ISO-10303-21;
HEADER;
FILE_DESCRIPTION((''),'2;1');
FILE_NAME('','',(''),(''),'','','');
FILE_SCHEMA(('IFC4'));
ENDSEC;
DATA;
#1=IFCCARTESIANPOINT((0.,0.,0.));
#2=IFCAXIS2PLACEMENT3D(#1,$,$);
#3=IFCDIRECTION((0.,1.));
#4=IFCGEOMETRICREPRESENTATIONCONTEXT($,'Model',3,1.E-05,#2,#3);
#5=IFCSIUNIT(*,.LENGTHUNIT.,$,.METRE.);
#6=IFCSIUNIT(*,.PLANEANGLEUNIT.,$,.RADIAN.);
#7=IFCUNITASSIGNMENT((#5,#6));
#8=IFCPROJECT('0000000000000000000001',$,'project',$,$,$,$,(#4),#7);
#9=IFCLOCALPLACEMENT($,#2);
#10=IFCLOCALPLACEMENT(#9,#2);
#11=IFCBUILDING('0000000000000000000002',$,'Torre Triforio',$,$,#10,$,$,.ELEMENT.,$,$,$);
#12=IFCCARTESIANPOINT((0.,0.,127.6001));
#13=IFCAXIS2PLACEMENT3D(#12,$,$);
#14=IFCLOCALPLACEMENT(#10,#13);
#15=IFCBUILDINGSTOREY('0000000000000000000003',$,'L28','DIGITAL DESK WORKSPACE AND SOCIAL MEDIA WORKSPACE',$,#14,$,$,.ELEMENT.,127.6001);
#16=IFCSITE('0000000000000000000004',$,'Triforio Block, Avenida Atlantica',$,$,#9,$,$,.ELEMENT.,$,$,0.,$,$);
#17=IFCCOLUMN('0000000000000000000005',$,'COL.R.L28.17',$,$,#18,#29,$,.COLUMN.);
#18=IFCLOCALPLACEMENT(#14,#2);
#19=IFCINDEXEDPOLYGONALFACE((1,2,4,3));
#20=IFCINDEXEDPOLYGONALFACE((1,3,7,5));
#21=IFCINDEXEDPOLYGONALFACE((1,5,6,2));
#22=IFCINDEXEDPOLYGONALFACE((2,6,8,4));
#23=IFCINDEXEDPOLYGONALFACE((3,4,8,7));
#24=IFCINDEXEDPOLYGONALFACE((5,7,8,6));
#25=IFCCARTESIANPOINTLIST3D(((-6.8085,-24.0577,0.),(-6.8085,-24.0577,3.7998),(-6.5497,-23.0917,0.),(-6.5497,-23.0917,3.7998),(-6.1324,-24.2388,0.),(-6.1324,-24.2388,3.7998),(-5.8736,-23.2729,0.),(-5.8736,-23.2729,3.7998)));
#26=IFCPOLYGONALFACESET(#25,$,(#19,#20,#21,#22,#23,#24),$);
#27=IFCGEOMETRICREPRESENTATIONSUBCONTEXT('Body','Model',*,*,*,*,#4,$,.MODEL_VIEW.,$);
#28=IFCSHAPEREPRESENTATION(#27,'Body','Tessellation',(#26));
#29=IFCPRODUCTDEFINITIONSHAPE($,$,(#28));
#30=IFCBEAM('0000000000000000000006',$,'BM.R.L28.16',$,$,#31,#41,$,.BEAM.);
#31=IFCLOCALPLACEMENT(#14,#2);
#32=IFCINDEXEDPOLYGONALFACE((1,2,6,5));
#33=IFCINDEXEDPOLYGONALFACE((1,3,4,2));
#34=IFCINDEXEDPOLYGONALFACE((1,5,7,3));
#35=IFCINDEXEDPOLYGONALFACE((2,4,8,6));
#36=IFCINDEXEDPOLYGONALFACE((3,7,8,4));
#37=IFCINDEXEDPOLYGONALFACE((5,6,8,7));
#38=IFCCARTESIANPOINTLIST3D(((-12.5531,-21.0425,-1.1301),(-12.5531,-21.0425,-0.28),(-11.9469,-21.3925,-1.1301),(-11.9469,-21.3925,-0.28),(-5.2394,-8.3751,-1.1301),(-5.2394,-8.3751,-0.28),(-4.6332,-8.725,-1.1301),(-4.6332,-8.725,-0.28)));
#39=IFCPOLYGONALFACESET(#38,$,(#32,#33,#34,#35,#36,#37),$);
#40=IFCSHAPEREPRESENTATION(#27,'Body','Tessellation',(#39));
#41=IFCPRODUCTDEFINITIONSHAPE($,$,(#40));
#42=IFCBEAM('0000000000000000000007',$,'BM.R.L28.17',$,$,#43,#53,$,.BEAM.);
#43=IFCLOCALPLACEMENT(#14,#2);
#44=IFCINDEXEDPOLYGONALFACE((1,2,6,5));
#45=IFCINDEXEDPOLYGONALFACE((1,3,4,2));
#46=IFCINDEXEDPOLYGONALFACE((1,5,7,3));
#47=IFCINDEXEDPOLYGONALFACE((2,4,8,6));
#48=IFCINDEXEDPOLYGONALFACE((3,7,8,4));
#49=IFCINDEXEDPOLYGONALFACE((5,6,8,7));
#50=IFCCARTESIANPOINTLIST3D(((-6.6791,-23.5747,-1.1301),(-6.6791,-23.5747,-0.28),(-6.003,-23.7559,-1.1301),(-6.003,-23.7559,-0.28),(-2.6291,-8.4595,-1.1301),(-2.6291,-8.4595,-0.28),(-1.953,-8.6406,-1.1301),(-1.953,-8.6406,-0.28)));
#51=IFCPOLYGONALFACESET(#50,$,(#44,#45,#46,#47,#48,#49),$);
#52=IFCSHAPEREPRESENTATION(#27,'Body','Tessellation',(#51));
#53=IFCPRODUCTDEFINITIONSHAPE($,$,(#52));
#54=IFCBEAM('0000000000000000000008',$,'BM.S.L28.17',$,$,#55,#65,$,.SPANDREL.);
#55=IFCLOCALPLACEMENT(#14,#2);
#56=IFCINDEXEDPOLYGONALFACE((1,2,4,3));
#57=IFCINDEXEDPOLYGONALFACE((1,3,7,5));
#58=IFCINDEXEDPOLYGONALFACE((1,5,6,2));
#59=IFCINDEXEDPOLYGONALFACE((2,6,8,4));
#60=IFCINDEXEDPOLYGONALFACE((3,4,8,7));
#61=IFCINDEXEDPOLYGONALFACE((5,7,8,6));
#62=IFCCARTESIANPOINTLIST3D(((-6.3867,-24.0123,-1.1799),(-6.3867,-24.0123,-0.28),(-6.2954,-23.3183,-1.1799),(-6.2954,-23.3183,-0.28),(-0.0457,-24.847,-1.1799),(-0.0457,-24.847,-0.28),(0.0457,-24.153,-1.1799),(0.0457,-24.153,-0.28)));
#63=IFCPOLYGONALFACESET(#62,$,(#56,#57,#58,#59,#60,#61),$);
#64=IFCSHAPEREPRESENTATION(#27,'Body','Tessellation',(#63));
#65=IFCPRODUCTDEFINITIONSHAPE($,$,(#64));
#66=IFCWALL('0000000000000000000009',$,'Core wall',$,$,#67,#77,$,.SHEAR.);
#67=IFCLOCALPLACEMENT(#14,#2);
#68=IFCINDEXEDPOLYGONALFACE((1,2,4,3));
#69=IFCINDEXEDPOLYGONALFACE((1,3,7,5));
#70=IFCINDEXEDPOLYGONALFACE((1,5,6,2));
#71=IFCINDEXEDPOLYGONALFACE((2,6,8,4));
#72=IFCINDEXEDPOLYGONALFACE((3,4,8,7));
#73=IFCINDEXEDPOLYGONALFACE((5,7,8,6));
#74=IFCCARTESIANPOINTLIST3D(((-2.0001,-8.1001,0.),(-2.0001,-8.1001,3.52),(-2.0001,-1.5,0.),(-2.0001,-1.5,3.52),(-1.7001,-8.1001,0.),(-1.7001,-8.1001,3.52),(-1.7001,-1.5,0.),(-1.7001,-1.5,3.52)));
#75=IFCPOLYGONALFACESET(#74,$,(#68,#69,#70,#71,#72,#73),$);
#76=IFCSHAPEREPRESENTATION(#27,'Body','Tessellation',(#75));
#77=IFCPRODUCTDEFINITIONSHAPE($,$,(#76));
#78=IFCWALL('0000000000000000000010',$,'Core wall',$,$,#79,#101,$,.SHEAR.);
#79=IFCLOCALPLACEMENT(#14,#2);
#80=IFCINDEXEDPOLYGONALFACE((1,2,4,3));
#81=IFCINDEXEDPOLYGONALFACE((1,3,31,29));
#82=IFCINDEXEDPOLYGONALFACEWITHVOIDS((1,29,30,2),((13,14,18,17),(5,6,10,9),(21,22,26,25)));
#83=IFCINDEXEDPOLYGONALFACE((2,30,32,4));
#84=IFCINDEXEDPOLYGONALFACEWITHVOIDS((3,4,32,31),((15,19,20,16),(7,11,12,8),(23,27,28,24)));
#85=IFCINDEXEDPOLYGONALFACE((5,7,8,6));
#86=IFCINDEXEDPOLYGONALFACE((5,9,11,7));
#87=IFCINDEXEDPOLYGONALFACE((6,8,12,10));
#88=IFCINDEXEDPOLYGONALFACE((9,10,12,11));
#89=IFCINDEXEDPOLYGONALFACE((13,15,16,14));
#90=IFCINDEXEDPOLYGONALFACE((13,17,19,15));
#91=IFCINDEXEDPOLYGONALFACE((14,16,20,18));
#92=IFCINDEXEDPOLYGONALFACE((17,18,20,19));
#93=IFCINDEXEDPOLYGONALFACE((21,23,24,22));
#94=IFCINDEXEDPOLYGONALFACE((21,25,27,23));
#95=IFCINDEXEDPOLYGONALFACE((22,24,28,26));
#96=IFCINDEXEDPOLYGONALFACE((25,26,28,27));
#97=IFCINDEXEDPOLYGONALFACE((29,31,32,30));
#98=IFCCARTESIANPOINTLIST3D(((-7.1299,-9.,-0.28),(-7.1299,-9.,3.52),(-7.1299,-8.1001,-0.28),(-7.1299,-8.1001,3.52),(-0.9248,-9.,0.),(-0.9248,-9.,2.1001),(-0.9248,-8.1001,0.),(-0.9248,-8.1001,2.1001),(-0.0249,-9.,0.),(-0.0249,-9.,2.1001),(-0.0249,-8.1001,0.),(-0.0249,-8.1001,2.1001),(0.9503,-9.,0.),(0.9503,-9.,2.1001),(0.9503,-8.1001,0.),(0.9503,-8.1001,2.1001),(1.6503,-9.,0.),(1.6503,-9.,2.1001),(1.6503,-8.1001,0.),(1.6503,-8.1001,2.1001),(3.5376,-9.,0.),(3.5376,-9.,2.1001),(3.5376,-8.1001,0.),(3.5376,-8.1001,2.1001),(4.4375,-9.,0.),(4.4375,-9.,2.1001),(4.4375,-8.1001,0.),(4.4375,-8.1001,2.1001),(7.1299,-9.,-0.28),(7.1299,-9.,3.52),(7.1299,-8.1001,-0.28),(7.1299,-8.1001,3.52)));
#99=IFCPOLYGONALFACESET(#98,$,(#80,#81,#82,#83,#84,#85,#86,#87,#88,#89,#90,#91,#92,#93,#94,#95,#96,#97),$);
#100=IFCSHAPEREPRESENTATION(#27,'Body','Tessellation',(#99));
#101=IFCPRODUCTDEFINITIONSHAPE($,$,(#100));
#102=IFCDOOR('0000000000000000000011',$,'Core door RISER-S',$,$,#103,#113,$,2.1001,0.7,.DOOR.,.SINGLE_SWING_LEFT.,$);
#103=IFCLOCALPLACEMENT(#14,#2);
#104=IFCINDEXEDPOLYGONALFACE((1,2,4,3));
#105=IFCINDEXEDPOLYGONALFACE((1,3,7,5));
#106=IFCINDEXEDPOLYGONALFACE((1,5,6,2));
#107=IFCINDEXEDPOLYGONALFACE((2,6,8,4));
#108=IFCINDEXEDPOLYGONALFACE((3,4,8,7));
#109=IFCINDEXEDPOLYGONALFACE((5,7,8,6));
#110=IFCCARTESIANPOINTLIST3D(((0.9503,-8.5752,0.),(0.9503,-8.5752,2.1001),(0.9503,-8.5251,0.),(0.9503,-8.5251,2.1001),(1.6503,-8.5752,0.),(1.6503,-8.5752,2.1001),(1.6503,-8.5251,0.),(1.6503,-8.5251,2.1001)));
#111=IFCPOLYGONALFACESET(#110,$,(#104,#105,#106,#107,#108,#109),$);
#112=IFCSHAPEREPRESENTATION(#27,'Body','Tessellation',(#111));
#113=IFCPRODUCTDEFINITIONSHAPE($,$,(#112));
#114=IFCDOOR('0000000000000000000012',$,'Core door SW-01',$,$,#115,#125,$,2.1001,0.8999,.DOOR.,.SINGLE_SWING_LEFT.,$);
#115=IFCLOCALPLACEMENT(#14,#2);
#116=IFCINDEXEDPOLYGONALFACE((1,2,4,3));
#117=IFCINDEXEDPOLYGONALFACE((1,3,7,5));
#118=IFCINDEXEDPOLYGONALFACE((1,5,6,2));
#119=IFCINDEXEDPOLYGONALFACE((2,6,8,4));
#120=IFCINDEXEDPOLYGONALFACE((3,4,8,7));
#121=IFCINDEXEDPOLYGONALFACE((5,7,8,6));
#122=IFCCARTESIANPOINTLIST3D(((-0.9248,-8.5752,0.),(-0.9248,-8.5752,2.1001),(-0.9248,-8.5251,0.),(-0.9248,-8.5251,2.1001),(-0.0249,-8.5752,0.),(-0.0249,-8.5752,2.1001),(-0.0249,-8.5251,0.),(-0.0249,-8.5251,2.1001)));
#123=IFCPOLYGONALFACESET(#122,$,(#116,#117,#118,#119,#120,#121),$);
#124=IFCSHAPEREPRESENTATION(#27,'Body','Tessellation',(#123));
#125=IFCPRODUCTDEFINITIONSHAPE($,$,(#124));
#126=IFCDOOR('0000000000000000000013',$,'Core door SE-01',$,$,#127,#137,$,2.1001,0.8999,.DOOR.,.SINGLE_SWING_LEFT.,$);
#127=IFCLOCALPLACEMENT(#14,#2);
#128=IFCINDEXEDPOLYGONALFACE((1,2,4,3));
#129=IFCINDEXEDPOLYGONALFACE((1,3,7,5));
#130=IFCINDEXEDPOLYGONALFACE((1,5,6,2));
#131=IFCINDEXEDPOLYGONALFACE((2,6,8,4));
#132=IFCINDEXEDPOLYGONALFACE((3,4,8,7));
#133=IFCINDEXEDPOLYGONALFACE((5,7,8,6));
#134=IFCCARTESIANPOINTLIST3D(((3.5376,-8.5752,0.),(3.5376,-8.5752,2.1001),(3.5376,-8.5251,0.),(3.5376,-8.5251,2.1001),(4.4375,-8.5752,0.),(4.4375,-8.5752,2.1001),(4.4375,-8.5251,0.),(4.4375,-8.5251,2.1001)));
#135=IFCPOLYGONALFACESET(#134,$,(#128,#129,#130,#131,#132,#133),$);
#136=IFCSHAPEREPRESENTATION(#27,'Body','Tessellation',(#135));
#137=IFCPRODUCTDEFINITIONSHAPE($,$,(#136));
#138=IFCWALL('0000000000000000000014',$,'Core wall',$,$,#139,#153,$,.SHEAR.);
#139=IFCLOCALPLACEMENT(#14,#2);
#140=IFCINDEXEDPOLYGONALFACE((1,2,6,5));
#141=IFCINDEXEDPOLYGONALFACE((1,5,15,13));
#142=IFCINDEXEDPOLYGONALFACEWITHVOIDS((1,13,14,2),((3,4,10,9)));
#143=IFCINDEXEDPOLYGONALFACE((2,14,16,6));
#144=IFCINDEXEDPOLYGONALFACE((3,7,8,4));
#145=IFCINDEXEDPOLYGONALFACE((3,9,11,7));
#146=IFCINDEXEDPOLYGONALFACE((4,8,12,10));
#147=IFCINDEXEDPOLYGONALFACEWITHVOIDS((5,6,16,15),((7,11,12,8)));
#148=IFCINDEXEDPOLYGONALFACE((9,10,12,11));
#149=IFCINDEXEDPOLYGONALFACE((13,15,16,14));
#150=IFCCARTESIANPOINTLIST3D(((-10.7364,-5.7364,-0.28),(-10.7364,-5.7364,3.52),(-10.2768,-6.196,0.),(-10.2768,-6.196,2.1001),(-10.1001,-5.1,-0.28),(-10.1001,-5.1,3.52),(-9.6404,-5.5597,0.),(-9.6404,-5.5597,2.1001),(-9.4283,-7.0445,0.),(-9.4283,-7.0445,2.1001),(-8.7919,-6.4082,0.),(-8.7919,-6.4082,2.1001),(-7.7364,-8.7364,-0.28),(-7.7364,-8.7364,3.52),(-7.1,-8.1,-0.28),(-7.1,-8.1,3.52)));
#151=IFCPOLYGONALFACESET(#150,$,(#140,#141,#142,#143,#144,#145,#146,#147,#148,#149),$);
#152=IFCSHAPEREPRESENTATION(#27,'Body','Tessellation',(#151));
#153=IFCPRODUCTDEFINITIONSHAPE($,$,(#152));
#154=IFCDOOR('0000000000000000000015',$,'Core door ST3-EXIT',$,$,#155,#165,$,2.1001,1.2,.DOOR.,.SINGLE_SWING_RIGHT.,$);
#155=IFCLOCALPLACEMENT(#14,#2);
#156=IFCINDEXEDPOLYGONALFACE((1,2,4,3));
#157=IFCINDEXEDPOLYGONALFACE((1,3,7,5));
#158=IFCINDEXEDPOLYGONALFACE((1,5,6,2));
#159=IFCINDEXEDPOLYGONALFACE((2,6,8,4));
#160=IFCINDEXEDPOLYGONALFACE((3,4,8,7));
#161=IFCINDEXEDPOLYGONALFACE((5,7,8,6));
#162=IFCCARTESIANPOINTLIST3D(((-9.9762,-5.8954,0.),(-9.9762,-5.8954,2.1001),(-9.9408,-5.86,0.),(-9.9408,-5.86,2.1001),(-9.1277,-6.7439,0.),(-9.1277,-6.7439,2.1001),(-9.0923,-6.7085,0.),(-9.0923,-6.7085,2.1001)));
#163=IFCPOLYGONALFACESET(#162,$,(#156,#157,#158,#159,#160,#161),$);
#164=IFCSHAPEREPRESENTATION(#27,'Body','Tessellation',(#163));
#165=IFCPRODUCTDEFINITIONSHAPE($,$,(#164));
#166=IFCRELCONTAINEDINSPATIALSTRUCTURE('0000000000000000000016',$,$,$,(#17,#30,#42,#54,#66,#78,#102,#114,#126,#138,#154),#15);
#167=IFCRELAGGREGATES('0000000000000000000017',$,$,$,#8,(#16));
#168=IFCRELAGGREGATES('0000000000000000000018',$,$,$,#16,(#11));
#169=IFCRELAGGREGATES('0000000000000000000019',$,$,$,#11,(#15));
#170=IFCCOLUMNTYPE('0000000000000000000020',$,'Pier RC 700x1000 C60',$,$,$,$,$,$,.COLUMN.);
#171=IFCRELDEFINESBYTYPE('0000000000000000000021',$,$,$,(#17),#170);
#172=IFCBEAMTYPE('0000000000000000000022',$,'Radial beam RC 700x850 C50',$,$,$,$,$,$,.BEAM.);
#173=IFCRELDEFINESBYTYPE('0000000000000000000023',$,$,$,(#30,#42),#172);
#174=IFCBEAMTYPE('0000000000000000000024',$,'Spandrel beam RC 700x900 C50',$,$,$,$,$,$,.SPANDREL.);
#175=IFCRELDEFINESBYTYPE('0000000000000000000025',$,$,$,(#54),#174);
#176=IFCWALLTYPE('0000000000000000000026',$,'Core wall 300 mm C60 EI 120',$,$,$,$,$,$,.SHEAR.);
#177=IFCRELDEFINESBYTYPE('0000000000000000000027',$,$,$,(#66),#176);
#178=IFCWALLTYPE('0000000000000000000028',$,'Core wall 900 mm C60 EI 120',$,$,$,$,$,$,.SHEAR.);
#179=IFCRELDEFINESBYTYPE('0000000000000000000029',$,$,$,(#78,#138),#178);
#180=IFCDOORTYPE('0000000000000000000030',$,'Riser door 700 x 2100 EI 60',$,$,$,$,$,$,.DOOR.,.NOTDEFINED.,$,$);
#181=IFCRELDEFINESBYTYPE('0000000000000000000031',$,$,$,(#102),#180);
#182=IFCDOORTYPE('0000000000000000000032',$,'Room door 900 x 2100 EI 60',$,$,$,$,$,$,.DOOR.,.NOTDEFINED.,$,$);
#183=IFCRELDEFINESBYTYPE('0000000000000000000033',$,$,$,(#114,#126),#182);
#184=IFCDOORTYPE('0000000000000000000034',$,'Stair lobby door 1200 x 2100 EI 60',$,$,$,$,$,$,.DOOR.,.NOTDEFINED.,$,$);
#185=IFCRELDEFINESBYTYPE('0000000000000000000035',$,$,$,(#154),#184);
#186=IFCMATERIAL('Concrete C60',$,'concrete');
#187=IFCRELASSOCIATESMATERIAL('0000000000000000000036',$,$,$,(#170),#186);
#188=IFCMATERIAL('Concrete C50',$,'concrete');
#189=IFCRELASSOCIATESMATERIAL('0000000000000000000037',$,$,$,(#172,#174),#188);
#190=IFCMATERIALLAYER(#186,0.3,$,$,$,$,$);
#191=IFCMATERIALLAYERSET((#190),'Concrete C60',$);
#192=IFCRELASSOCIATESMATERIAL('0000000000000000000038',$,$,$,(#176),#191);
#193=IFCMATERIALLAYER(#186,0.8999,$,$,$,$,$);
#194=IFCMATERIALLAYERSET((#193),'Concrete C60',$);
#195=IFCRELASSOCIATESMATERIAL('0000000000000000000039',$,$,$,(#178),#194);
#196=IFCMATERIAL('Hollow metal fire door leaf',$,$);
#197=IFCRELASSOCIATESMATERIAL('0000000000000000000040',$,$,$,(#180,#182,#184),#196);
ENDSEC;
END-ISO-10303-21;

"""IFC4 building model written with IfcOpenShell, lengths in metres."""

from ifc_helpers import new_model, si_unit, direction, frame, frame_2d, origin, origin_2d, place, context, subcontext, project, spatial, rectangle, extrude, material, layer, layer_set, material_profile, profile_set, type_object, element, fill, save


model = new_model("IFC4")

# Units and contexts
model_context = context("Model", 3, precision=1e-05, world=origin(), true_north=direction((0.0, 1.0)))
body_context = subcontext(model_context, "Body", "Model", "MODEL_VIEW")
ifc_project = project(units=[si_unit("LENGTHUNIT", "METRE"), si_unit("PLANEANGLEUNIT", "RADIAN")], contexts=[model_context])

# Site, building, storey
site_placement = place(None, origin())
site = spatial("IfcSite", under=ifc_project, at=site_placement, Name="Triforio Block, Avenida Atlantica", CompositionType="ELEMENT", RefElevation=0.0)
building_placement = place(site_placement, origin())
building = spatial("IfcBuilding", under=site, at=building_placement, Name="Torre Triforio", CompositionType="ELEMENT")
storey_placement = place(building_placement, frame((0.0, 0.0, 127.6001)))
storey = spatial("IfcBuildingStorey", under=building, at=storey_placement, Name="L28", Description="DIGITAL DESK WORKSPACE AND SOCIAL MEDIA WORKSPACE", CompositionType="ELEMENT", Elevation=127.6001)

# Column
ifc_material_1 = material(Name="Concrete C60", Category="concrete")
ifc_material_profile_1 = material_profile(ifc_material_1, rectangle(XDim=0.7, YDim=1.0, at=origin_2d()), Name="RC 700x1000")
ifc_profile_set_1 = profile_set([ifc_material_profile_1], Name="Concrete C60")
column_type = type_object("IfcColumnType", Name="Pier RC 700x1000 C60", PredefinedType="COLUMN", material=ifc_profile_set_1)
column_placement = place(storey_placement, frame((-6.3411, -23.6653, 0.0), z_axis=(0.0, 0.0, 1.0), x_axis=(0.965926, -0.258819, 0.0)))
element("IfcColumn", 1, at=column_placement, inside=storey, type_object=column_type, Name="COL.R.L28.17", PredefinedType="COLUMN", context=body_context, shape_type="SweptSolid", body=[
    extrude(rectangle(XDim=0.7, YDim=1.0, at=origin_2d()), origin(), (0.0, 0.0, 1.0), 3.7998),
])

# Beams
ifc_material_2 = material(Name="Concrete C50", Category="concrete")
ifc_material_profile_2 = material_profile(ifc_material_2, rectangle(XDim=0.7, YDim=0.8501, at=origin_2d()), Name="RC 700x850")
ifc_profile_set_2 = profile_set([ifc_material_profile_2], Name="Concrete C50")
beam_type_1 = type_object("IfcBeamType", Name="Radial beam RC 700x850 C50", PredefinedType="BEAM", material=ifc_profile_set_2)
beam_1_placement = place(storey_placement, frame((-4.9363, -8.55, -0.7051), z_axis=(-0.500008, -0.866021, 0.0), x_axis=(0.866021, -0.500008, 0.0)))
element("IfcBeam", 2, at=beam_1_placement, inside=storey, type_object=beam_type_1, Name="BM.R.L28.16", PredefinedType="BEAM", context=body_context, shape_type="SweptSolid", body=[
    extrude(rectangle(XDim=0.7, YDim=0.8501, at=origin_2d()), origin(), (0.0, 0.0, 1.0), 14.6272),
])
beam_2_placement = place(storey_placement, frame((-2.291, -8.55, -0.7051), z_axis=(-0.258815, -0.965927, 0.0), x_axis=(0.965927, -0.258815, 0.0)))
element("IfcBeam", 3, at=beam_2_placement, inside=storey, type_object=beam_type_1, Name="BM.R.L28.17", PredefinedType="BEAM", context=body_context, shape_type="SweptSolid", body=[
    extrude(rectangle(XDim=0.7, YDim=0.8501, at=origin_2d()), origin(), (0.0, 0.0, 1.0), 15.6484),
])
ifc_material_profile_3 = material_profile(ifc_material_2, rectangle(XDim=0.7, YDim=0.8999, at=origin_2d()), Name="RC 700x900")
ifc_profile_set_3 = profile_set([ifc_material_profile_3], Name="Concrete C50")
beam_type_2 = type_object("IfcBeamType", Name="Spandrel beam RC 700x900 C50", PredefinedType="SPANDREL", material=ifc_profile_set_3)
beam_3_placement = place(storey_placement, frame((-6.3411, -23.6653, -0.73), z_axis=(0.991447, -0.130511, 0.0), x_axis=(0.130511, 0.991447, 0.0)))
element("IfcBeam", 4, at=beam_3_placement, inside=storey, type_object=beam_type_2, Name="BM.S.L28.17", PredefinedType="SPANDREL", context=body_context, shape_type="SweptSolid", body=[
    extrude(rectangle(XDim=0.7, YDim=0.8999, at=origin_2d()), origin(), (0.0, 0.0, 1.0), 6.3958),
])

# Wall
ifc_layer_1 = layer(ifc_material_1, 0.3)
ifc_layer_set_1 = layer_set([ifc_layer_1], Name="Concrete C60")
wall_type_1 = type_object("IfcWallType", Name="Core wall 300 mm C60 EI 120", PredefinedType="SHEAR", material=ifc_layer_set_1)
wall_1_placement = place(storey_placement, frame((-1.8501, -8.1001, 0.0), z_axis=(0.0, 0.0, 1.0), x_axis=(0.0, 1.0, 0.0)))
element("IfcWall", 5, at=wall_1_placement, inside=storey, type_object=wall_type_1, Name="Core wall", PredefinedType="SHEAR", context=body_context, shape_type="SweptSolid", body=[
    extrude(rectangle(XDim=6.6001, YDim=0.3, at=frame_2d((3.3, 0.0))), origin(), (0.0, 0.0, 1.0), 3.52),
])

# Wall, openings, doors
ifc_layer_2 = layer(ifc_material_1, 0.8999)
ifc_layer_set_2 = layer_set([ifc_layer_2], Name="Concrete C60")
wall_type_2 = type_object("IfcWallType", Name="Core wall 900 mm C60 EI 120", PredefinedType="SHEAR", material=ifc_layer_set_2)
wall_2_placement = place(storey_placement, frame((-7.1299, -8.55, -0.28), z_axis=(0.0, 0.0, 1.0), x_axis=(1.0, 0.0, 0.0)))
wall_2 = element("IfcWall", 6, at=wall_2_placement, inside=storey, type_object=wall_type_2, Name="Core wall", PredefinedType="SHEAR", context=body_context, shape_type="SweptSolid", body=[
    extrude(rectangle(XDim=14.2598, YDim=0.8999, at=frame_2d((7.1299, 0.0))), origin(), (0.0, 0.0, 1.0), 3.8),
])
opening_1_placement = place(wall_2_placement, frame((8.0801, 0.0, 0.28)))
opening_1 = element("IfcOpeningElement", 7, at=opening_1_placement, cuts=wall_2, PredefinedType="OPENING", context=body_context, shape_type="SweptSolid", body=[
    extrude(rectangle(XDim=0.7, YDim=2.1001, at=frame_2d((0.3501, 1.05))), frame((0.0, 0.46, 0.0), z_axis=(0.0, -1.0, 0.0), x_axis=(1.0, 0.0, 0.0)), (0.0, 0.0, 1.0), 0.9199),
])
opening_2_placement = place(wall_2_placement, frame((6.2051, 0.0, 0.28)))
opening_2 = element("IfcOpeningElement", 8, at=opening_2_placement, cuts=wall_2, PredefinedType="OPENING", context=body_context, shape_type="SweptSolid", body=[
    extrude(rectangle(XDim=0.8999, YDim=2.1001, at=frame_2d((0.45, 1.05))), frame((0.0, 0.46, 0.0), z_axis=(0.0, -1.0, 0.0), x_axis=(1.0, 0.0, 0.0)), (0.0, 0.0, 1.0), 0.9199),
])
opening_3_placement = place(wall_2_placement, frame((10.6675, 0.0, 0.28)))
opening_3 = element("IfcOpeningElement", 9, at=opening_3_placement, cuts=wall_2, PredefinedType="OPENING", context=body_context, shape_type="SweptSolid", body=[
    extrude(rectangle(XDim=0.8999, YDim=2.1001, at=frame_2d((0.45, 1.05))), frame((0.0, 0.46, 0.0), z_axis=(0.0, -1.0, 0.0), x_axis=(1.0, 0.0, 0.0)), (0.0, 0.0, 1.0), 0.9199),
])
ifc_material_3 = material(Name="Hollow metal fire door leaf")
door_type_1 = type_object("IfcDoorType", Name="Riser door 700 x 2100 EI 60", OperationType="NOTDEFINED", PredefinedType="DOOR", material=ifc_material_3)
door_1_placement = place(opening_1_placement, origin())
door_1 = element("IfcDoor", 10, at=door_1_placement, inside=storey, type_object=door_type_1, Name="Core door RISER-S", OperationType="SINGLE_SWING_LEFT", OverallHeight=2.1001, OverallWidth=0.7, PredefinedType="DOOR", context=body_context, shape_type="SweptSolid", body=[
    extrude(rectangle(XDim=0.7, YDim=2.1001, at=frame_2d((0.3501, 1.05))), frame((0.0, 0.0249, 0.0), z_axis=(0.0, -1.0, 0.0), x_axis=(1.0, 0.0, 0.0)), (0.0, 0.0, 1.0), 0.05),
])
fill(opening_1, door_1)
door_type_2 = type_object("IfcDoorType", Name="Room door 900 x 2100 EI 60", OperationType="NOTDEFINED", PredefinedType="DOOR", material=ifc_material_3)
door_2_placement = place(opening_2_placement, origin())
door_2 = element("IfcDoor", 11, at=door_2_placement, inside=storey, type_object=door_type_2, Name="Core door SW-01", OperationType="SINGLE_SWING_LEFT", OverallHeight=2.1001, OverallWidth=0.8999, PredefinedType="DOOR", context=body_context, shape_type="SweptSolid", body=[
    extrude(rectangle(XDim=0.8999, YDim=2.1001, at=frame_2d((0.45, 1.05))), frame((0.0, 0.0249, 0.0), z_axis=(0.0, -1.0, 0.0), x_axis=(1.0, 0.0, 0.0)), (0.0, 0.0, 1.0), 0.05),
])
fill(opening_2, door_2)
door_3_placement = place(opening_3_placement, origin())
door_3 = element("IfcDoor", 12, at=door_3_placement, inside=storey, type_object=door_type_2, Name="Core door SE-01", OperationType="SINGLE_SWING_LEFT", OverallHeight=2.1001, OverallWidth=0.8999, PredefinedType="DOOR", context=body_context, shape_type="SweptSolid", body=[
    extrude(rectangle(XDim=0.8999, YDim=2.1001, at=frame_2d((0.45, 1.05))), frame((0.0, 0.0249, 0.0), z_axis=(0.0, -1.0, 0.0), x_axis=(1.0, 0.0, 0.0)), (0.0, 0.0, 1.0), 0.05),
])
fill(opening_3, door_3)

# Wall, opening, door
wall_3_placement = place(storey_placement, frame((-7.4182, -8.4182, -0.28), z_axis=(0.0, 0.0, 1.0), x_axis=(-0.707107, 0.707107, 0.0)))
wall_3 = element("IfcWall", 13, at=wall_3_placement, inside=storey, type_object=wall_type_2, Name="Core wall", PredefinedType="SHEAR", context=body_context, shape_type="SweptSolid", body=[
    extrude(rectangle(XDim=4.2427, YDim=0.8999, at=frame_2d((2.1213, 0.0))), origin(), (0.0, 0.0, 1.0), 3.8),
])
opening_4_placement = place(wall_3_placement, frame((2.3926, 0.0, 0.28)))
opening_4 = element("IfcOpeningElement", 14, at=opening_4_placement, cuts=wall_3, PredefinedType="OPENING", context=body_context, shape_type="SweptSolid", body=[
    extrude(rectangle(XDim=1.2, YDim=2.1001, at=frame_2d((0.6001, 1.05))), frame((0.0, 0.46, 0.0), z_axis=(0.0, -1.0, 0.0), x_axis=(1.0, 0.0, 0.0)), (0.0, 0.0, 1.0), 0.9199),
])
door_type_3 = type_object("IfcDoorType", Name="Stair lobby door 1200 x 2100 EI 60", OperationType="NOTDEFINED", PredefinedType="DOOR", material=ifc_material_3)
door_4_placement = place(opening_4_placement, origin())
door_4 = element("IfcDoor", 15, at=door_4_placement, inside=storey, type_object=door_type_3, Name="Core door ST3-EXIT", OperationType="SINGLE_SWING_RIGHT", OverallHeight=2.1001, OverallWidth=1.2, PredefinedType="DOOR", context=body_context, shape_type="SweptSolid", body=[
    extrude(rectangle(XDim=1.2, YDim=2.1001, at=frame_2d((0.6001, 1.05))), frame((0.0, 0.0249, 0.0), z_axis=(0.0, -1.0, 0.0), x_axis=(1.0, 0.0, 0.0)), (0.0, 0.0, 1.0), 0.05),
])
fill(opening_4, door_4)

save(model, "model.ifc")
